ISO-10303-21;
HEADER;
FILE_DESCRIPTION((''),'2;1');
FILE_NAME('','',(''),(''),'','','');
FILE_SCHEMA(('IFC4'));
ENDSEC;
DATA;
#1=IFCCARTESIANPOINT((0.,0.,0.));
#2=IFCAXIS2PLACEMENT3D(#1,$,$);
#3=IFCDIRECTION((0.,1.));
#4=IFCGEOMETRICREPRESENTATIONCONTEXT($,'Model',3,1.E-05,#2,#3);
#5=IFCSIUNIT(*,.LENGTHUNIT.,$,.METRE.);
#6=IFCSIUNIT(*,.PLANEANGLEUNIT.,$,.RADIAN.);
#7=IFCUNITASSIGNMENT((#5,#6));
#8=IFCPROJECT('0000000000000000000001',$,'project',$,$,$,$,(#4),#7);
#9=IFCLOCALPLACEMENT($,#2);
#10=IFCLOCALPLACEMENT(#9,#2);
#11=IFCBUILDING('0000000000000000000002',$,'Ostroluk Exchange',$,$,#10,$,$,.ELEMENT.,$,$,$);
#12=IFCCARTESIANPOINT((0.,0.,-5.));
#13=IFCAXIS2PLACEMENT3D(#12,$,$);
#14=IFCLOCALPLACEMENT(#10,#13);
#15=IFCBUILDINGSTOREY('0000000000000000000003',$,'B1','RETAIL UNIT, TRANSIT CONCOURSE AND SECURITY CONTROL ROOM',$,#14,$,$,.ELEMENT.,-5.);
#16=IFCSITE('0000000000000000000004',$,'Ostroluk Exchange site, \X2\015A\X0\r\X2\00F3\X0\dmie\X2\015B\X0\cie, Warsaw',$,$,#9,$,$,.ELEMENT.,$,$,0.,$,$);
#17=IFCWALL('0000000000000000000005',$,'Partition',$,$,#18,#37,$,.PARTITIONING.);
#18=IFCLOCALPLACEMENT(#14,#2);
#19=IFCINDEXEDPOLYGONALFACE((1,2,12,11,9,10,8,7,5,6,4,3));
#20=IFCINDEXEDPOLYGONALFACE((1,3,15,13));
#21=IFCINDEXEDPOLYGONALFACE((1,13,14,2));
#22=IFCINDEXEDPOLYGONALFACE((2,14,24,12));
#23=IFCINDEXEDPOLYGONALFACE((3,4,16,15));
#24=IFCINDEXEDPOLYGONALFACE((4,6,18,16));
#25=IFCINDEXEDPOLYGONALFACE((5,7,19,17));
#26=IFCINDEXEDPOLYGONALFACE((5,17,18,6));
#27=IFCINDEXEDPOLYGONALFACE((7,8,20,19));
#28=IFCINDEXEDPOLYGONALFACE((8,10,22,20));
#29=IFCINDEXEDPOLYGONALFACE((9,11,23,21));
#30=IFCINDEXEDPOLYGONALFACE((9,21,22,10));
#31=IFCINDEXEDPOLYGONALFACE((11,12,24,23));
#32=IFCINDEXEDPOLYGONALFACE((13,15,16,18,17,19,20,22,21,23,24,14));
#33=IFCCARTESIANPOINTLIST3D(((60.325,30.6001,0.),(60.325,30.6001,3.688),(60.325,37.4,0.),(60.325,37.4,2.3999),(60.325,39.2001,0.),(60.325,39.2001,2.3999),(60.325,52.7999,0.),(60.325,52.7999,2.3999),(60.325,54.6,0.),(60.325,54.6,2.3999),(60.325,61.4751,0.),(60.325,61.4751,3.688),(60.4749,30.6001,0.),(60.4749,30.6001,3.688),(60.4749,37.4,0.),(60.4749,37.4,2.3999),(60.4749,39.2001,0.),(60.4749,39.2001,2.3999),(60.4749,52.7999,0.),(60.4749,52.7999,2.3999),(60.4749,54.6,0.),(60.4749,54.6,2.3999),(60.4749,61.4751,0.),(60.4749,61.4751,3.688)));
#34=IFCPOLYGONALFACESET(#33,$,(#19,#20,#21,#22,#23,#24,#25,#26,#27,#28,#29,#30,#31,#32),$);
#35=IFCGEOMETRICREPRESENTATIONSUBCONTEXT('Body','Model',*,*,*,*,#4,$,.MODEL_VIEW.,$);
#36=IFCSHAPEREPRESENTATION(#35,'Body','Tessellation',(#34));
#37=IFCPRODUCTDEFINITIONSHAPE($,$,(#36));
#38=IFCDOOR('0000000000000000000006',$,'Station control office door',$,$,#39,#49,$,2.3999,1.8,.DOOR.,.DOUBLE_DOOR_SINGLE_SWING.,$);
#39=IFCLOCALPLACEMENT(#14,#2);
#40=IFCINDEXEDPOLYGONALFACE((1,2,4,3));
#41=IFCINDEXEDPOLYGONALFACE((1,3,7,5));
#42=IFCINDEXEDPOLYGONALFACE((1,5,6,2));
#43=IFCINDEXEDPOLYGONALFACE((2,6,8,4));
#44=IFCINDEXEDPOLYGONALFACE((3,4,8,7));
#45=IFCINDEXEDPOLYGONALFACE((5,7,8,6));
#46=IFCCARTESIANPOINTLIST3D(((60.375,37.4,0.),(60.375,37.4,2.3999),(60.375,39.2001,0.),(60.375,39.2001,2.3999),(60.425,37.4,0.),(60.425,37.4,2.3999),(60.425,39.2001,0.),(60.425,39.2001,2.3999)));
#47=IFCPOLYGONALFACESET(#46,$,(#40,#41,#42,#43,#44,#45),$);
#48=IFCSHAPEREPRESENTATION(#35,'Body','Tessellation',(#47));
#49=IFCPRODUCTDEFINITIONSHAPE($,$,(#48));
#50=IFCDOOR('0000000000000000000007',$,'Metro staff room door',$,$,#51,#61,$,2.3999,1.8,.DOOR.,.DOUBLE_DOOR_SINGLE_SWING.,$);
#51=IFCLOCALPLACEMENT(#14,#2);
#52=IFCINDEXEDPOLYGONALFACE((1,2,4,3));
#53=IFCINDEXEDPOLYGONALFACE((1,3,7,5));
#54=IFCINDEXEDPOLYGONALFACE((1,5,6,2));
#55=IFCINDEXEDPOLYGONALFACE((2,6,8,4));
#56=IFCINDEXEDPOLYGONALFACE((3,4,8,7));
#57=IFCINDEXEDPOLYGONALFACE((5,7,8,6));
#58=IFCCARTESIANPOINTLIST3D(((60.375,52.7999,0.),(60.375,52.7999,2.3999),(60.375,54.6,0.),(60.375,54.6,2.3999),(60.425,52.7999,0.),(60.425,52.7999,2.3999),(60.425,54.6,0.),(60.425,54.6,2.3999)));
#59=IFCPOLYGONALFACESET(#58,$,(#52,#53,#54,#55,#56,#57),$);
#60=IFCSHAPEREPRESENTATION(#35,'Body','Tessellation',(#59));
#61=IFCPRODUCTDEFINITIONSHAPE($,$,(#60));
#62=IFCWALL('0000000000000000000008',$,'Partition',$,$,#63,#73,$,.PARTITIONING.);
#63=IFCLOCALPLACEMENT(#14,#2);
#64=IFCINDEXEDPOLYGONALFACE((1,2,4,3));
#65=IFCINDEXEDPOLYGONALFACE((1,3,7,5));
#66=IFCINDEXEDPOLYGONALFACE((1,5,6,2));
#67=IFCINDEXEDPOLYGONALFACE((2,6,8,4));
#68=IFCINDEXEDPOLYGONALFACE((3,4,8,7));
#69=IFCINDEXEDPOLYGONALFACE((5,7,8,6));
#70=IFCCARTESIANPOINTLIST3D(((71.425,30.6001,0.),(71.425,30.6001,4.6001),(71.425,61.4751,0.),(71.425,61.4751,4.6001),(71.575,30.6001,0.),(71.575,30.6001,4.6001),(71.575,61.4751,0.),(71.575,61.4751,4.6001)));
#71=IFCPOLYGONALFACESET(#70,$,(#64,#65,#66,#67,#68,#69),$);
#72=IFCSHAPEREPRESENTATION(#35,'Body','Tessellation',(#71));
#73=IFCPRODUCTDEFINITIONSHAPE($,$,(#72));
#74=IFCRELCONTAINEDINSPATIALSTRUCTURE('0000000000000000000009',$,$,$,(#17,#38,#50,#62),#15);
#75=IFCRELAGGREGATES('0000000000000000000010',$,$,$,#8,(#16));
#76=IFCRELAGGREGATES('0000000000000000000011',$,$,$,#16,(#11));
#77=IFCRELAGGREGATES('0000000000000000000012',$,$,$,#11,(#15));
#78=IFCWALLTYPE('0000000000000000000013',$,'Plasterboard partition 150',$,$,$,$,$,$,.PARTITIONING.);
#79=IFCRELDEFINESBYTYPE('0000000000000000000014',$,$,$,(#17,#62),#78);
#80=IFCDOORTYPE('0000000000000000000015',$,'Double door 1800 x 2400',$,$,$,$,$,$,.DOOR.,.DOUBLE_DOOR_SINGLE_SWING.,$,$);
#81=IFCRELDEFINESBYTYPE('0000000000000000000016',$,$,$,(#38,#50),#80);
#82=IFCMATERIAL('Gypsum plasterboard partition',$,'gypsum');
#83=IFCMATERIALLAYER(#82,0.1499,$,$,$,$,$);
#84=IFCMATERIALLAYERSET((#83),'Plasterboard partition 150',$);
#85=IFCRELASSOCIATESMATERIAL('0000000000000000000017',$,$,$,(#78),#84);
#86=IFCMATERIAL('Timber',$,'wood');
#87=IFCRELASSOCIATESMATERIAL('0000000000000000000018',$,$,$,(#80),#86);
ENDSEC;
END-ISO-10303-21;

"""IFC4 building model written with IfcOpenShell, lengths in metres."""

from ifc_helpers import new_model, si_unit, direction, frame, frame_2d, origin, place, context, subcontext, project, spatial, rectangle, extrude, material, layer, layer_set, type_object, element, fill, save


model = new_model("IFC4")

# Units and contexts
model_context = context("Model", 3, precision=1e-05, world=origin(), true_north=direction((0.0, 1.0)))
body_context = subcontext(model_context, "Body", "Model", "MODEL_VIEW")
ifc_project = project(units=[si_unit("LENGTHUNIT", "METRE"), si_unit("PLANEANGLEUNIT", "RADIAN")], contexts=[model_context])

# Site, building, storey
site_placement = place(None, origin())
site = spatial("IfcSite", under=ifc_project, at=site_placement, Name="Ostroluk Exchange site, Śródmieście, Warsaw", CompositionType="ELEMENT", RefElevation=0.0)
building_placement = place(site_placement, origin())
building = spatial("IfcBuilding", under=site, at=building_placement, Name="Ostroluk Exchange", CompositionType="ELEMENT")
storey_placement = place(building_placement, frame((0.0, 0.0, -5.0)))
storey = spatial("IfcBuildingStorey", under=building, at=storey_placement, Name="B1", Description="RETAIL UNIT, TRANSIT CONCOURSE AND SECURITY CONTROL ROOM", CompositionType="ELEMENT", Elevation=-5.0)

# Wall, openings, doors
ifc_material_1 = material(Name="Gypsum plasterboard partition", Category="gypsum")
ifc_layer_1 = layer(ifc_material_1, 0.1499)
ifc_layer_set_1 = layer_set([ifc_layer_1], Name="Plasterboard partition 150")
wall_type_1 = type_object("IfcWallType", Name="Plasterboard partition 150", PredefinedType="PARTITIONING", material=ifc_layer_set_1)
wall_1_placement = place(storey_placement, frame((60.3999, 30.6001, 0.0), z_axis=(0.0, 0.0, 1.0), x_axis=(0.0, 1.0, 0.0)))
wall_1 = element("IfcWall", 1, at=wall_1_placement, inside=storey, type_object=wall_type_1, Name="Partition", PredefinedType="PARTITIONING", context=body_context, shape_type="SweptSolid", body=[
    extrude(rectangle(XDim=30.875, YDim=0.1499, at=frame_2d((15.4375, 0.0))), origin(), (0.0, 0.0, 1.0), 3.688),
])
opening_1_placement = place(wall_1_placement, frame((6.8, 0.0, 0.0)))
opening_1 = element("IfcOpeningElement", 2, at=opening_1_placement, cuts=wall_1, PredefinedType="OPENING", context=body_context, shape_type="SweptSolid", body=[
    extrude(rectangle(XDim=1.8, YDim=2.3999, at=frame_2d((0.8999, 1.2))), frame((0.0, 0.085, 0.0), z_axis=(0.0, -1.0, 0.0), x_axis=(1.0, 0.0, 0.0)), (0.0, 0.0, 1.0), 0.1699),
])
opening_2_placement = place(wall_1_placement, frame((22.2, 0.0, 0.0)))
opening_2 = element("IfcOpeningElement", 3, at=opening_2_placement, cuts=wall_1, PredefinedType="OPENING", context=body_context, shape_type="SweptSolid", body=[
    extrude(rectangle(XDim=1.8, YDim=2.3999, at=frame_2d((0.8999, 1.2))), frame((0.0, 0.085, 0.0), z_axis=(0.0, -1.0, 0.0), x_axis=(1.0, 0.0, 0.0)), (0.0, 0.0, 1.0), 0.1699),
])
ifc_material_2 = material(Name="Timber", Category="wood")
door_type_1 = type_object("IfcDoorType", Name="Double door 1800 x 2400", OperationType="DOUBLE_DOOR_SINGLE_SWING", PredefinedType="DOOR", material=ifc_material_2)
door_1_placement = place(opening_1_placement, origin())
door_1 = element("IfcDoor", 4, at=door_1_placement, inside=storey, type_object=door_type_1, Name="Station control office door", OperationType="DOUBLE_DOOR_SINGLE_SWING", OverallHeight=2.3999, OverallWidth=1.8, PredefinedType="DOOR", context=body_context, shape_type="SweptSolid", body=[
    extrude(rectangle(XDim=1.8, YDim=2.3999, at=frame_2d((0.8999, 1.2))), frame((0.0, 0.0249, 0.0), z_axis=(0.0, -1.0, 0.0), x_axis=(1.0, 0.0, 0.0)), (0.0, 0.0, 1.0), 0.05),
])
fill(opening_1, door_1)
door_2_placement = place(opening_2_placement, origin())
door_2 = element("IfcDoor", 5, at=door_2_placement, inside=storey, type_object=door_type_1, Name="Metro staff room door", OperationType="DOUBLE_DOOR_SINGLE_SWING", OverallHeight=2.3999, OverallWidth=1.8, PredefinedType="DOOR", context=body_context, shape_type="SweptSolid", body=[
    extrude(rectangle(XDim=1.8, YDim=2.3999, at=frame_2d((0.8999, 1.2))), frame((0.0, 0.0249, 0.0), z_axis=(0.0, -1.0, 0.0), x_axis=(1.0, 0.0, 0.0)), (0.0, 0.0, 1.0), 0.05),
])
fill(opening_2, door_2)

# Wall
wall_2_placement = place(storey_placement, frame((71.5, 30.6001, 0.0), z_axis=(0.0, 0.0, 1.0), x_axis=(0.0, 1.0, 0.0)))
element("IfcWall", 6, at=wall_2_placement, inside=storey, type_object=wall_type_1, Name="Partition", PredefinedType="PARTITIONING", context=body_context, shape_type="SweptSolid", body=[
    extrude(rectangle(XDim=30.875, YDim=0.1499, at=frame_2d((15.4375, 0.0))), origin(), (0.0, 0.0, 1.0), 4.6001),
])

save(model, "model.ifc")
